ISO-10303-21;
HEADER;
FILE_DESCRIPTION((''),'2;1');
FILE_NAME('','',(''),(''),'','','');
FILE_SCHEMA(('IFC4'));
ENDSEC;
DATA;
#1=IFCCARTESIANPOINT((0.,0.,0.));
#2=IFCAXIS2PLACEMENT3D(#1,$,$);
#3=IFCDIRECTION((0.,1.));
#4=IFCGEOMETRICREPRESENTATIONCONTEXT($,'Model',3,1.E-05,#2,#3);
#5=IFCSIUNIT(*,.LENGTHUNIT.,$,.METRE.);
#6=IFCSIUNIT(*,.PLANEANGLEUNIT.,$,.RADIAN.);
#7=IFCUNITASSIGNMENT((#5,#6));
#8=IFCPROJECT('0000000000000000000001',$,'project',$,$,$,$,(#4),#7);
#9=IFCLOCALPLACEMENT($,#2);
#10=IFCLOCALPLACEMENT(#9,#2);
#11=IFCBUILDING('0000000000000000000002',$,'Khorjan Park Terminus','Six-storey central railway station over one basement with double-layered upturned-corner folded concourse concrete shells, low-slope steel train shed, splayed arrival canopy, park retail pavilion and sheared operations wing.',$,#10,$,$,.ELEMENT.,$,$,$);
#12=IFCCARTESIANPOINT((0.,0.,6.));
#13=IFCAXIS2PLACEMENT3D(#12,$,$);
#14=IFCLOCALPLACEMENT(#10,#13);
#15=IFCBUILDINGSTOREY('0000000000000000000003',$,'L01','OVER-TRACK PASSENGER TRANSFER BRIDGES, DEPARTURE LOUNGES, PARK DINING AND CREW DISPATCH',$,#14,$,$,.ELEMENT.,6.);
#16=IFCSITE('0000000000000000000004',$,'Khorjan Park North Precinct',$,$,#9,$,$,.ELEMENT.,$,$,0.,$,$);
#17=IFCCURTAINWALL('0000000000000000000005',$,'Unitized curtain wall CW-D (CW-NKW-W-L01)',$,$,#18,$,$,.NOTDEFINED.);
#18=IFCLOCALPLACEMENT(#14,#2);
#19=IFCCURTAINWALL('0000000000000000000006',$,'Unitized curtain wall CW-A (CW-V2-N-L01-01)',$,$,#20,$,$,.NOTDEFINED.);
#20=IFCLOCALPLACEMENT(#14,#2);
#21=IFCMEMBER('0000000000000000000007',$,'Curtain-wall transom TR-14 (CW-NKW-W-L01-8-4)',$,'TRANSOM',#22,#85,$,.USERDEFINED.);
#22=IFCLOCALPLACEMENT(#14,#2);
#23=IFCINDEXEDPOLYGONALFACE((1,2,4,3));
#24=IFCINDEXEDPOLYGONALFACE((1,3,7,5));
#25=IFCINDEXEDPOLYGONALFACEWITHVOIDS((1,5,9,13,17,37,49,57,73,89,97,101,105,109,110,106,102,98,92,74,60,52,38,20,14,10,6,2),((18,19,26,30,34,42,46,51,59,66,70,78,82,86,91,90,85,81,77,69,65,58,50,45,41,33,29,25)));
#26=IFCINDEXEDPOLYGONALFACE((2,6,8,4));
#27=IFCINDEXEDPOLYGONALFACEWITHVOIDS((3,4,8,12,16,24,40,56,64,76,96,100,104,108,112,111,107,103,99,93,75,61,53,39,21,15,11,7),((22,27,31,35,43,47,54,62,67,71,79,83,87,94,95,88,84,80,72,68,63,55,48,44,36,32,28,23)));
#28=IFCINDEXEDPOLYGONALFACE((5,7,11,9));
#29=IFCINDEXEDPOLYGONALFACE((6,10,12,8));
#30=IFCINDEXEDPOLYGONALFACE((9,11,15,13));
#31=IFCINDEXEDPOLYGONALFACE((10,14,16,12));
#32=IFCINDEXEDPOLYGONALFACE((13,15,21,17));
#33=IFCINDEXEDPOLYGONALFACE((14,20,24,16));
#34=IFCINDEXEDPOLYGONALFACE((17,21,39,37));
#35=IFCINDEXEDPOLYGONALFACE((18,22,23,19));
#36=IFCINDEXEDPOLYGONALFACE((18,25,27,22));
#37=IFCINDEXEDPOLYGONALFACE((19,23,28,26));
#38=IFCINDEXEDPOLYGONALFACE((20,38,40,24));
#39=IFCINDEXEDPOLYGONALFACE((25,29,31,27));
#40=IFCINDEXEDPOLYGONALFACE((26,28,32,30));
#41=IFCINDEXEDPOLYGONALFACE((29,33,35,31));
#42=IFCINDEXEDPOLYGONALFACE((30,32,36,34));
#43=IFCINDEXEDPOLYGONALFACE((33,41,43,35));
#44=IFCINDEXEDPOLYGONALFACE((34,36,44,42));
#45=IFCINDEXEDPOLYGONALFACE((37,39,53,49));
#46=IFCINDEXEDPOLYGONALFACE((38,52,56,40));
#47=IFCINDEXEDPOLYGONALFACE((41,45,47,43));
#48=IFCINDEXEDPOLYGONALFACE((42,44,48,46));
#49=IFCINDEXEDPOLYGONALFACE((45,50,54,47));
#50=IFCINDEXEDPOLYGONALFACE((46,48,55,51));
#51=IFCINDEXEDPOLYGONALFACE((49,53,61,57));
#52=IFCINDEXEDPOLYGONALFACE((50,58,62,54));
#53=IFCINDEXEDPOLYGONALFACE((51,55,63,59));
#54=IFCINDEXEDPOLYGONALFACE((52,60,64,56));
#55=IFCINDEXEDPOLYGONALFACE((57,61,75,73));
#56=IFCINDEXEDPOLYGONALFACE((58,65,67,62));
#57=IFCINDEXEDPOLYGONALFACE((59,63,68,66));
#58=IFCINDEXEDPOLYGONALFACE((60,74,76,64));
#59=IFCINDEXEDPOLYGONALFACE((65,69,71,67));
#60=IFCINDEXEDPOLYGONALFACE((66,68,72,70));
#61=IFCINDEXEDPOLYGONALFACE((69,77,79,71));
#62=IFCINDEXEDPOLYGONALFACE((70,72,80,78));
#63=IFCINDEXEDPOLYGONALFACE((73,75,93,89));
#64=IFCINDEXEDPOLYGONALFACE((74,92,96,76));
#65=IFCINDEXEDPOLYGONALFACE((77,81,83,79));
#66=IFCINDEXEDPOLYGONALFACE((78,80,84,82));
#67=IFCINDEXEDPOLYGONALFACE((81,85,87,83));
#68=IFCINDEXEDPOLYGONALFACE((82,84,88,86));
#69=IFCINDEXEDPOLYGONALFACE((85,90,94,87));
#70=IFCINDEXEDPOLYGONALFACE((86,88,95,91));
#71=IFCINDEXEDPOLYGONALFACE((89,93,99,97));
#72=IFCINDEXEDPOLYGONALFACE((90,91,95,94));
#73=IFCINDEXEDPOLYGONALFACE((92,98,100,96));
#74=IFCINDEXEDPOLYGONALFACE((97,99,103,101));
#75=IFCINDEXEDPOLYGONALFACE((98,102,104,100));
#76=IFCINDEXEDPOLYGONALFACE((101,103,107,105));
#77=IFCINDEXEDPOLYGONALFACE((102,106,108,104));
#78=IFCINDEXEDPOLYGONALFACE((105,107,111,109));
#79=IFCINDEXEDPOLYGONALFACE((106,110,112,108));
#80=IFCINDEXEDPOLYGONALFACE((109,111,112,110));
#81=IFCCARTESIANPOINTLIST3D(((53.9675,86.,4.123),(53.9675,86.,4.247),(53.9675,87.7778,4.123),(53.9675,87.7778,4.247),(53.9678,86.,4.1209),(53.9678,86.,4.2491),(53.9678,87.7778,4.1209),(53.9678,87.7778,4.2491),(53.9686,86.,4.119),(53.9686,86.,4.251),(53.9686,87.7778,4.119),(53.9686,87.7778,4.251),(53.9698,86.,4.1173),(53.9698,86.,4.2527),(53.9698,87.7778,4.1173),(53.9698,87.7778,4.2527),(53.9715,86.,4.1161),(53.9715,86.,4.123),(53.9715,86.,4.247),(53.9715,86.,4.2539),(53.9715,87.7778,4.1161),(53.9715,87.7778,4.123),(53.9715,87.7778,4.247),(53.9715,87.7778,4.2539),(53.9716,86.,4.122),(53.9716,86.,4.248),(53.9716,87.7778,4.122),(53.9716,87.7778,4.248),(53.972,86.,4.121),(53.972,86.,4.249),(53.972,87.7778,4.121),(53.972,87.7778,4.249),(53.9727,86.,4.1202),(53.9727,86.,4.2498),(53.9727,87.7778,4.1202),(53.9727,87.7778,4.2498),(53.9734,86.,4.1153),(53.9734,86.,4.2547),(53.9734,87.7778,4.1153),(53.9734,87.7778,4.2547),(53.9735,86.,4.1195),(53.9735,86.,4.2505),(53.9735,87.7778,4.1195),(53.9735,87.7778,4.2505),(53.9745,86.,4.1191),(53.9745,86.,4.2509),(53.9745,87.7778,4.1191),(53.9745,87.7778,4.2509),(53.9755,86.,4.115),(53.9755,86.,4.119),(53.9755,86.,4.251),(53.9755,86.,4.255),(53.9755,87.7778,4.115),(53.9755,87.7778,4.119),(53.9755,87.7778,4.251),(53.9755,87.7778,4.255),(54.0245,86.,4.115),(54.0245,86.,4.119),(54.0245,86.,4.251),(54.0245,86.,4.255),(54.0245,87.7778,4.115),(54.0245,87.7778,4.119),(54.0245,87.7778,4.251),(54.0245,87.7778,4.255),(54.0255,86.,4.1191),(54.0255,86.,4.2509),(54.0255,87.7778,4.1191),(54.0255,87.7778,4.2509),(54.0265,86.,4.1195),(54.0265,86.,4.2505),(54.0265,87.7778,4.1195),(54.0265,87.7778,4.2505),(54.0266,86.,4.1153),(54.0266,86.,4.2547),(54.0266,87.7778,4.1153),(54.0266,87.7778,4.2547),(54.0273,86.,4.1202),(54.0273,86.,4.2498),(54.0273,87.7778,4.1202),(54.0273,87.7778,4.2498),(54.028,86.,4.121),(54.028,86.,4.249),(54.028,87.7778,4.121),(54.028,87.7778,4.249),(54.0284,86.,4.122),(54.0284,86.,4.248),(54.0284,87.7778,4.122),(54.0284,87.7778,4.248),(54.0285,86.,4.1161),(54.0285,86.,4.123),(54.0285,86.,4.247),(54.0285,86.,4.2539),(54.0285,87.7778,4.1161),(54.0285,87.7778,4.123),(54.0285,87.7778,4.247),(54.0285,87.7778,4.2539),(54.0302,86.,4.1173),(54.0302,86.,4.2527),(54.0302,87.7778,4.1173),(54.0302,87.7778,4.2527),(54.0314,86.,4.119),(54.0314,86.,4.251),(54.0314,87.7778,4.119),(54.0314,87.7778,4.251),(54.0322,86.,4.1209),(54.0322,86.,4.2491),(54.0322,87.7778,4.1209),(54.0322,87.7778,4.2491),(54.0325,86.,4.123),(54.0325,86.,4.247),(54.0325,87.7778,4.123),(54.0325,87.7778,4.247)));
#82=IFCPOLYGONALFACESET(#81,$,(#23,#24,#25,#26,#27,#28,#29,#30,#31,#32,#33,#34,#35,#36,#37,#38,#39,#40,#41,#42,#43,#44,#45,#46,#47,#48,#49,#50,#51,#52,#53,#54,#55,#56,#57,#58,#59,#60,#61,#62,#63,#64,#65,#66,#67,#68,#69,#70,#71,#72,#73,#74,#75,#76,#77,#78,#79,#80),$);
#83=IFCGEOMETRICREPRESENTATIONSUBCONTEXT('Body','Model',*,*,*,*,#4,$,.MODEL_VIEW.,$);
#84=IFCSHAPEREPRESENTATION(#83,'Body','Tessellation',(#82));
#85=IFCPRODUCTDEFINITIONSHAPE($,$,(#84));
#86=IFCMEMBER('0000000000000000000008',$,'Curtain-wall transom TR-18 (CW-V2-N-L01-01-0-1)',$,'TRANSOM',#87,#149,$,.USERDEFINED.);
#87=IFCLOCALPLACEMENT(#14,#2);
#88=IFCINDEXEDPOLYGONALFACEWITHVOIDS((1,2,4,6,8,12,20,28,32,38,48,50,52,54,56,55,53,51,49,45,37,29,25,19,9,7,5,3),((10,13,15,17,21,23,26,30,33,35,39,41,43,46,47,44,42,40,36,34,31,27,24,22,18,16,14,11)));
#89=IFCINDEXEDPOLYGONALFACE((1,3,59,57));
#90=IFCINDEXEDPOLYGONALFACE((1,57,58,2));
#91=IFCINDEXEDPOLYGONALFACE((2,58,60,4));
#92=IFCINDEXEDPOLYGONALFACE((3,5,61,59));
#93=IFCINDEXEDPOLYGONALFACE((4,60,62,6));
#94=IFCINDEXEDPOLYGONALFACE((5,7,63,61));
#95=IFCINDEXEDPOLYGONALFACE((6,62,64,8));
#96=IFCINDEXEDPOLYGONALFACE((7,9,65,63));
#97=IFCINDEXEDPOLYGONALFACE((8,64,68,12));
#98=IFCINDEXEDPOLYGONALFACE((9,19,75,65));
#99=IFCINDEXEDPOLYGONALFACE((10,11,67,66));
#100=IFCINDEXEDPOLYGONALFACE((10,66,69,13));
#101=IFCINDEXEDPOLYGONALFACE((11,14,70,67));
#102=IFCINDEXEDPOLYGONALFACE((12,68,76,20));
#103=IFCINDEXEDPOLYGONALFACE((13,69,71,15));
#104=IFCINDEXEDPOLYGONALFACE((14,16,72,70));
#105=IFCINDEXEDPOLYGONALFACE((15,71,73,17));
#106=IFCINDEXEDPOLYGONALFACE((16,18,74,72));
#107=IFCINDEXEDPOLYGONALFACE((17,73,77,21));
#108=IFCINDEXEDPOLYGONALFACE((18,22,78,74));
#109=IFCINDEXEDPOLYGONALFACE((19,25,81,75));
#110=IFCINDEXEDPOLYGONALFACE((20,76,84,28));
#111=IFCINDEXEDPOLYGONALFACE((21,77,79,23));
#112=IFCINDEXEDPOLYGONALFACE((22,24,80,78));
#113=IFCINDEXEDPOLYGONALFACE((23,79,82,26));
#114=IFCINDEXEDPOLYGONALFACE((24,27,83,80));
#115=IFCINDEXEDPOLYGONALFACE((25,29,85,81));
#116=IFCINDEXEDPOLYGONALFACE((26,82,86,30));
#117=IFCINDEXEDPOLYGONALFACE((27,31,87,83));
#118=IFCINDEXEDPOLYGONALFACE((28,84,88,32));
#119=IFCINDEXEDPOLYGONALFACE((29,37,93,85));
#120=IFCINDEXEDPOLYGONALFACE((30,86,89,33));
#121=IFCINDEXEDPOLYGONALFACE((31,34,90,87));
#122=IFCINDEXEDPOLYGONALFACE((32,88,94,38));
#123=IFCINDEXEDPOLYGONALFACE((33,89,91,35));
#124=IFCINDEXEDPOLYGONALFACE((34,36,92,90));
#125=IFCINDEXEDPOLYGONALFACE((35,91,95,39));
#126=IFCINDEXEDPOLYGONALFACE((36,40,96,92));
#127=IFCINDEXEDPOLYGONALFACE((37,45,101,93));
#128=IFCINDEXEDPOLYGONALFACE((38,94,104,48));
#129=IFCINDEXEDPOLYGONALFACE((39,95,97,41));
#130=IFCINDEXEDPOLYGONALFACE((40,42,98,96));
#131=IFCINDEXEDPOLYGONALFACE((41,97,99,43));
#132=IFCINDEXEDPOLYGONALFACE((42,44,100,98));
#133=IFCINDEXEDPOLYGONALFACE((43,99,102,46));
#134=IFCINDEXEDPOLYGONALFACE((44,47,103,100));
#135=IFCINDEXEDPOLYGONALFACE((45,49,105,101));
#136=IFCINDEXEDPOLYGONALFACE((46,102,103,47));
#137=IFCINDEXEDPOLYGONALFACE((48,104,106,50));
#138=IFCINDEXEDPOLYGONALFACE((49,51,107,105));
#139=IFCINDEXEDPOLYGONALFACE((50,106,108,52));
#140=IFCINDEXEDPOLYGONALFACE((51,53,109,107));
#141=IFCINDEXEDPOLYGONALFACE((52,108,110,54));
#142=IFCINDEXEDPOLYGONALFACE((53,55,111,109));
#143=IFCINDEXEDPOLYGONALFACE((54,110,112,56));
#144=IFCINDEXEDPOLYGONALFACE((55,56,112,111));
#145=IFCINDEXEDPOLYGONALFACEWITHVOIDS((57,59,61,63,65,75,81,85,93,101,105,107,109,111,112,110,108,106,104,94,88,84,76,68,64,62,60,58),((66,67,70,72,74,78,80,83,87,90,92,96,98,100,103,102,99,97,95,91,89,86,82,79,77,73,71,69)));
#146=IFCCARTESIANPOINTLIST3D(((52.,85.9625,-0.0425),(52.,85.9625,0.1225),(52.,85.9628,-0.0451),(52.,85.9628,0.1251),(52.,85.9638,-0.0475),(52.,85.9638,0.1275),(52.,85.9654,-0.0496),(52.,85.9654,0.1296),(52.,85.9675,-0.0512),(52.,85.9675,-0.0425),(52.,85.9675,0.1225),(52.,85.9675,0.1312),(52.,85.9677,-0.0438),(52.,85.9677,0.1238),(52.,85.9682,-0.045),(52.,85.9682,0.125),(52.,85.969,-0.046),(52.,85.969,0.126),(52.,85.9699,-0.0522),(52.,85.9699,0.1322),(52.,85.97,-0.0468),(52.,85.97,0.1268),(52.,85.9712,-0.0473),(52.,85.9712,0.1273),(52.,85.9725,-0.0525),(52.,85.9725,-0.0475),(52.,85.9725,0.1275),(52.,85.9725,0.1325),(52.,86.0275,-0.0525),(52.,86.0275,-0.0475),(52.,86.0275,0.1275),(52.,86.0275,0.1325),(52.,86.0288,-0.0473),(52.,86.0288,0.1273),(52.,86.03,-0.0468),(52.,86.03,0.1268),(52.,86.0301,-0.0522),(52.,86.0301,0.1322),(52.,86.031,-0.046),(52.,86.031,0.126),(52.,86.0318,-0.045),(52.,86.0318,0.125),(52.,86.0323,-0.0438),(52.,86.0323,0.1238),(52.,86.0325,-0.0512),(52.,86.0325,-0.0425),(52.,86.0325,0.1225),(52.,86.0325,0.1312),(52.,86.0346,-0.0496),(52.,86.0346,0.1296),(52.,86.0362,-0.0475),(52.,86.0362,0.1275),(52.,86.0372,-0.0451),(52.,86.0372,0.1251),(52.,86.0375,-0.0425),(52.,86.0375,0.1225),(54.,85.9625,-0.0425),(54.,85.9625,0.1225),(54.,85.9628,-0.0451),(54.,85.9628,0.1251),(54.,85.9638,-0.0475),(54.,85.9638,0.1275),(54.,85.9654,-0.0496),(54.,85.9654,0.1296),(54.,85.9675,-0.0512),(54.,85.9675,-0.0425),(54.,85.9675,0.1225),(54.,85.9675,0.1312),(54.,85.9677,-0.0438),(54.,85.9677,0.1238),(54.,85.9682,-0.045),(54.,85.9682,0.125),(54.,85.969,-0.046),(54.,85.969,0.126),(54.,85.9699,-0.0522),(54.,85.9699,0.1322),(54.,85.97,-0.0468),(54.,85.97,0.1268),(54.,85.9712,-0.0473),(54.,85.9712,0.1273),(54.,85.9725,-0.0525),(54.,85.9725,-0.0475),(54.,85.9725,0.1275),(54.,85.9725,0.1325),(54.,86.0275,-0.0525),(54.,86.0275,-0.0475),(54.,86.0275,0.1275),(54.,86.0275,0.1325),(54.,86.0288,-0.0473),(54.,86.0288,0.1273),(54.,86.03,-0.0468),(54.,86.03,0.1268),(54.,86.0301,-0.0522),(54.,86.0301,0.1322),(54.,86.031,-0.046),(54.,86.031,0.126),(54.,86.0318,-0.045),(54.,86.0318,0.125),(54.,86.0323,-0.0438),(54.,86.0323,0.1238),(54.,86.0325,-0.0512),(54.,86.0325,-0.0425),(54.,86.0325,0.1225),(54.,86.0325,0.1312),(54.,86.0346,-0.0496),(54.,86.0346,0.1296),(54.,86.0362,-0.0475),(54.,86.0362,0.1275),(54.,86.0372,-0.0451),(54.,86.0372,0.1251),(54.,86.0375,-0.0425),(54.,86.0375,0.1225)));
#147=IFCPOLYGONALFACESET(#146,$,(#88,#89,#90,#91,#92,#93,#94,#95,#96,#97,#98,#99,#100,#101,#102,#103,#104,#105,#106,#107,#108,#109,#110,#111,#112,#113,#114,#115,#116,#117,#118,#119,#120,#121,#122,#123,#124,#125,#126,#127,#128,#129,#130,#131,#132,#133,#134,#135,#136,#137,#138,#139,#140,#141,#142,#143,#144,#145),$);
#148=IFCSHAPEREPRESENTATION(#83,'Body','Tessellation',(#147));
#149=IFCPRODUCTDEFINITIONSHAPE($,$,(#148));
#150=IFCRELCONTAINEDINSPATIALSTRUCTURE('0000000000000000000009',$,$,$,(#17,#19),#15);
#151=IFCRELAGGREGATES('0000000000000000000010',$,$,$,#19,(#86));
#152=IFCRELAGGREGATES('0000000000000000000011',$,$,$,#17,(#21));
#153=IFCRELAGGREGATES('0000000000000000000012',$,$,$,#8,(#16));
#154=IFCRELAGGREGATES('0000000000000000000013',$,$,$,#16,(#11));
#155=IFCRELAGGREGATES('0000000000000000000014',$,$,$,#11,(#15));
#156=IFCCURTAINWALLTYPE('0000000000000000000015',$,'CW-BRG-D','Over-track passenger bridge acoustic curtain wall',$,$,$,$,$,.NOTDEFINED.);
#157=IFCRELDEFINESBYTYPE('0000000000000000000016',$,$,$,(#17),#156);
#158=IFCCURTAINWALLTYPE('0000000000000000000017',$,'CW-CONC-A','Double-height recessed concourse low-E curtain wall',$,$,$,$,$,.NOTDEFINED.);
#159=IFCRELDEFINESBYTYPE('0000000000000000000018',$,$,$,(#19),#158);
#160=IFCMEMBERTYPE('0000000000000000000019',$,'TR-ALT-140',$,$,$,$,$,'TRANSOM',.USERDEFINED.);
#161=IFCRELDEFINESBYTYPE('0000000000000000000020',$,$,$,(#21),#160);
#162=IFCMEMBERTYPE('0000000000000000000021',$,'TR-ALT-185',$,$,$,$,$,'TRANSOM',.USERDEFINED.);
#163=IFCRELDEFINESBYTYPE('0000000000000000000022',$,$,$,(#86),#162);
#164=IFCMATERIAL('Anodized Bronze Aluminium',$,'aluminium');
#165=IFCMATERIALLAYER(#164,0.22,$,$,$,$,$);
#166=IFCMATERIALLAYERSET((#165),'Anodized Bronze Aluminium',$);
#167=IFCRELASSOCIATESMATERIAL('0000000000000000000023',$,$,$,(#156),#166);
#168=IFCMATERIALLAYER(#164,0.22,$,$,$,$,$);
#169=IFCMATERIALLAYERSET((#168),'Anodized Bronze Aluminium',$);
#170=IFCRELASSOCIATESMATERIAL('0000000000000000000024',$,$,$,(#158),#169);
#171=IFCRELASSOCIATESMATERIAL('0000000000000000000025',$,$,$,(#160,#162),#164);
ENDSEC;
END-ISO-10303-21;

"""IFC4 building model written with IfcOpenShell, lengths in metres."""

from ifc_helpers import new_model, si_unit, direction, frame, origin, origin_2d, place, context, subcontext, project, spatial, hollow_rectangle, extrude, material, layer, layer_set, material_profile, profile_set, type_object, element, aggregate, save


model = new_model("IFC4")

# Units and contexts
model_context = context("Model", 3, precision=1e-05, world=origin(), true_north=direction((0.0, 1.0)))
body_context = subcontext(model_context, "Body", "Model", "MODEL_VIEW")
ifc_project = project(units=[si_unit("LENGTHUNIT", "METRE"), si_unit("PLANEANGLEUNIT", "RADIAN")], contexts=[model_context])

# Site, building, storey
site_placement = place(None, origin())
site = spatial("IfcSite", under=ifc_project, at=site_placement, Name="Khorjan Park North Precinct", CompositionType="ELEMENT", RefElevation=0.0)
building_placement = place(site_placement, origin())
building = spatial("IfcBuilding", under=site, at=building_placement, Name="Khorjan Park Terminus", Description="Six-storey central railway station over one basement with double-layered upturned-corner folded concourse concrete shells, low-slope steel train shed, splayed arrival canopy, park retail pavilion and sheared operations wing.", CompositionType="ELEMENT")
storey_placement = place(building_placement, frame((0.0, 0.0, 6.0)))
storey = spatial("IfcBuildingStorey", under=building, at=storey_placement, Name="L01", Description="OVER-TRACK PASSENGER TRANSFER BRIDGES, DEPARTURE LOUNGES, PARK DINING AND CREW DISPATCH", CompositionType="ELEMENT", Elevation=6.0)

# Curtain wall
ifc_material_1 = material(Name="Anodized Bronze Aluminium", Category="aluminium")
ifc_layer_1 = layer(ifc_material_1, 0.22)
ifc_layer_set_1 = layer_set([ifc_layer_1], Name="Anodized Bronze Aluminium")
curtain_wall_type_1 = type_object("IfcCurtainWallType", Name="CW-BRG-D", Description="Over-track passenger bridge acoustic curtain wall", PredefinedType="NOTDEFINED", material=ifc_layer_set_1)
curtain_wall_1_placement = place(storey_placement, origin())
curtain_wall_1 = element("IfcCurtainWall", 1, at=curtain_wall_1_placement, inside=storey, type_object=curtain_wall_type_1, Name="Unitized curtain wall CW-D (CW-NKW-W-L01)", PredefinedType="NOTDEFINED")

# Curtain wall
ifc_layer_2 = layer(ifc_material_1, 0.22)
ifc_layer_set_2 = layer_set([ifc_layer_2], Name="Anodized Bronze Aluminium")
curtain_wall_type_2 = type_object("IfcCurtainWallType", Name="CW-CONC-A", Description="Double-height recessed concourse low-E curtain wall", PredefinedType="NOTDEFINED", material=ifc_layer_set_2)
curtain_wall_2_placement = place(storey_placement, origin())
curtain_wall_2 = element("IfcCurtainWall", 2, at=curtain_wall_2_placement, inside=storey, type_object=curtain_wall_type_2, Name="Unitized curtain wall CW-A (CW-V2-N-L01-01)", PredefinedType="NOTDEFINED")

# Members
ifc_material_profile_1 = material_profile(ifc_material_1, hollow_rectangle(XDim=0.065, YDim=0.14, WallThickness=0.004, InnerFilletRadius=0.004, OuterFilletRadius=0.008, at=origin_2d()), Name="ALT 65x140x4")
ifc_profile_set_1 = profile_set([ifc_material_profile_1], Name="Anodized Bronze Aluminium")
member_type_1 = type_object("IfcMemberType", Name="TR-ALT-140", ElementType="TRANSOM", PredefinedType="USERDEFINED", material=ifc_profile_set_1)
member_1_placement = place(storey_placement, frame((54.0, 87.7778, 4.185), z_axis=(0.0, -1.0, 0.0), x_axis=(1.0, 0.0, 0.0)))
member_1 = element("IfcMember", 3, at=member_1_placement, type_object=member_type_1, Name="Curtain-wall transom TR-14 (CW-NKW-W-L01-8-4)", ObjectType="TRANSOM", PredefinedType="USERDEFINED", context=body_context, shape_type="SweptSolid", body=[
    extrude(hollow_rectangle(XDim=0.065, YDim=0.14, WallThickness=0.004, InnerFilletRadius=0.004, OuterFilletRadius=0.008, at=origin_2d()), origin(), (0.0, 0.0, 1.0), 1.7778),
])
ifc_material_profile_2 = material_profile(ifc_material_1, hollow_rectangle(XDim=0.075, YDim=0.185, WallThickness=0.005, InnerFilletRadius=0.005, OuterFilletRadius=0.01, at=origin_2d()), Name="ALT 75x185x5")
ifc_profile_set_2 = profile_set([ifc_material_profile_2], Name="Anodized Bronze Aluminium")
member_type_2 = type_object("IfcMemberType", Name="TR-ALT-185", ElementType="TRANSOM", PredefinedType="USERDEFINED", material=ifc_profile_set_2)
member_2_placement = place(storey_placement, frame((54.0, 86.0, 0.04), z_axis=(-1.0, 0.0, 0.0), x_axis=(0.0, -1.0, 0.0)))
member_2 = element("IfcMember", 4, at=member_2_placement, type_object=member_type_2, Name="Curtain-wall transom TR-18 (CW-V2-N-L01-01-0-1)", ObjectType="TRANSOM", PredefinedType="USERDEFINED", context=body_context, shape_type="SweptSolid", body=[
    extrude(hollow_rectangle(XDim=0.075, YDim=0.185, WallThickness=0.005, InnerFilletRadius=0.005, OuterFilletRadius=0.01, at=origin_2d()), origin(), (0.0, 0.0, 1.0), 2.0),
])

aggregate(curtain_wall_2, [member_2])
aggregate(curtain_wall_1, [member_1])

save(model, "model.ifc")
